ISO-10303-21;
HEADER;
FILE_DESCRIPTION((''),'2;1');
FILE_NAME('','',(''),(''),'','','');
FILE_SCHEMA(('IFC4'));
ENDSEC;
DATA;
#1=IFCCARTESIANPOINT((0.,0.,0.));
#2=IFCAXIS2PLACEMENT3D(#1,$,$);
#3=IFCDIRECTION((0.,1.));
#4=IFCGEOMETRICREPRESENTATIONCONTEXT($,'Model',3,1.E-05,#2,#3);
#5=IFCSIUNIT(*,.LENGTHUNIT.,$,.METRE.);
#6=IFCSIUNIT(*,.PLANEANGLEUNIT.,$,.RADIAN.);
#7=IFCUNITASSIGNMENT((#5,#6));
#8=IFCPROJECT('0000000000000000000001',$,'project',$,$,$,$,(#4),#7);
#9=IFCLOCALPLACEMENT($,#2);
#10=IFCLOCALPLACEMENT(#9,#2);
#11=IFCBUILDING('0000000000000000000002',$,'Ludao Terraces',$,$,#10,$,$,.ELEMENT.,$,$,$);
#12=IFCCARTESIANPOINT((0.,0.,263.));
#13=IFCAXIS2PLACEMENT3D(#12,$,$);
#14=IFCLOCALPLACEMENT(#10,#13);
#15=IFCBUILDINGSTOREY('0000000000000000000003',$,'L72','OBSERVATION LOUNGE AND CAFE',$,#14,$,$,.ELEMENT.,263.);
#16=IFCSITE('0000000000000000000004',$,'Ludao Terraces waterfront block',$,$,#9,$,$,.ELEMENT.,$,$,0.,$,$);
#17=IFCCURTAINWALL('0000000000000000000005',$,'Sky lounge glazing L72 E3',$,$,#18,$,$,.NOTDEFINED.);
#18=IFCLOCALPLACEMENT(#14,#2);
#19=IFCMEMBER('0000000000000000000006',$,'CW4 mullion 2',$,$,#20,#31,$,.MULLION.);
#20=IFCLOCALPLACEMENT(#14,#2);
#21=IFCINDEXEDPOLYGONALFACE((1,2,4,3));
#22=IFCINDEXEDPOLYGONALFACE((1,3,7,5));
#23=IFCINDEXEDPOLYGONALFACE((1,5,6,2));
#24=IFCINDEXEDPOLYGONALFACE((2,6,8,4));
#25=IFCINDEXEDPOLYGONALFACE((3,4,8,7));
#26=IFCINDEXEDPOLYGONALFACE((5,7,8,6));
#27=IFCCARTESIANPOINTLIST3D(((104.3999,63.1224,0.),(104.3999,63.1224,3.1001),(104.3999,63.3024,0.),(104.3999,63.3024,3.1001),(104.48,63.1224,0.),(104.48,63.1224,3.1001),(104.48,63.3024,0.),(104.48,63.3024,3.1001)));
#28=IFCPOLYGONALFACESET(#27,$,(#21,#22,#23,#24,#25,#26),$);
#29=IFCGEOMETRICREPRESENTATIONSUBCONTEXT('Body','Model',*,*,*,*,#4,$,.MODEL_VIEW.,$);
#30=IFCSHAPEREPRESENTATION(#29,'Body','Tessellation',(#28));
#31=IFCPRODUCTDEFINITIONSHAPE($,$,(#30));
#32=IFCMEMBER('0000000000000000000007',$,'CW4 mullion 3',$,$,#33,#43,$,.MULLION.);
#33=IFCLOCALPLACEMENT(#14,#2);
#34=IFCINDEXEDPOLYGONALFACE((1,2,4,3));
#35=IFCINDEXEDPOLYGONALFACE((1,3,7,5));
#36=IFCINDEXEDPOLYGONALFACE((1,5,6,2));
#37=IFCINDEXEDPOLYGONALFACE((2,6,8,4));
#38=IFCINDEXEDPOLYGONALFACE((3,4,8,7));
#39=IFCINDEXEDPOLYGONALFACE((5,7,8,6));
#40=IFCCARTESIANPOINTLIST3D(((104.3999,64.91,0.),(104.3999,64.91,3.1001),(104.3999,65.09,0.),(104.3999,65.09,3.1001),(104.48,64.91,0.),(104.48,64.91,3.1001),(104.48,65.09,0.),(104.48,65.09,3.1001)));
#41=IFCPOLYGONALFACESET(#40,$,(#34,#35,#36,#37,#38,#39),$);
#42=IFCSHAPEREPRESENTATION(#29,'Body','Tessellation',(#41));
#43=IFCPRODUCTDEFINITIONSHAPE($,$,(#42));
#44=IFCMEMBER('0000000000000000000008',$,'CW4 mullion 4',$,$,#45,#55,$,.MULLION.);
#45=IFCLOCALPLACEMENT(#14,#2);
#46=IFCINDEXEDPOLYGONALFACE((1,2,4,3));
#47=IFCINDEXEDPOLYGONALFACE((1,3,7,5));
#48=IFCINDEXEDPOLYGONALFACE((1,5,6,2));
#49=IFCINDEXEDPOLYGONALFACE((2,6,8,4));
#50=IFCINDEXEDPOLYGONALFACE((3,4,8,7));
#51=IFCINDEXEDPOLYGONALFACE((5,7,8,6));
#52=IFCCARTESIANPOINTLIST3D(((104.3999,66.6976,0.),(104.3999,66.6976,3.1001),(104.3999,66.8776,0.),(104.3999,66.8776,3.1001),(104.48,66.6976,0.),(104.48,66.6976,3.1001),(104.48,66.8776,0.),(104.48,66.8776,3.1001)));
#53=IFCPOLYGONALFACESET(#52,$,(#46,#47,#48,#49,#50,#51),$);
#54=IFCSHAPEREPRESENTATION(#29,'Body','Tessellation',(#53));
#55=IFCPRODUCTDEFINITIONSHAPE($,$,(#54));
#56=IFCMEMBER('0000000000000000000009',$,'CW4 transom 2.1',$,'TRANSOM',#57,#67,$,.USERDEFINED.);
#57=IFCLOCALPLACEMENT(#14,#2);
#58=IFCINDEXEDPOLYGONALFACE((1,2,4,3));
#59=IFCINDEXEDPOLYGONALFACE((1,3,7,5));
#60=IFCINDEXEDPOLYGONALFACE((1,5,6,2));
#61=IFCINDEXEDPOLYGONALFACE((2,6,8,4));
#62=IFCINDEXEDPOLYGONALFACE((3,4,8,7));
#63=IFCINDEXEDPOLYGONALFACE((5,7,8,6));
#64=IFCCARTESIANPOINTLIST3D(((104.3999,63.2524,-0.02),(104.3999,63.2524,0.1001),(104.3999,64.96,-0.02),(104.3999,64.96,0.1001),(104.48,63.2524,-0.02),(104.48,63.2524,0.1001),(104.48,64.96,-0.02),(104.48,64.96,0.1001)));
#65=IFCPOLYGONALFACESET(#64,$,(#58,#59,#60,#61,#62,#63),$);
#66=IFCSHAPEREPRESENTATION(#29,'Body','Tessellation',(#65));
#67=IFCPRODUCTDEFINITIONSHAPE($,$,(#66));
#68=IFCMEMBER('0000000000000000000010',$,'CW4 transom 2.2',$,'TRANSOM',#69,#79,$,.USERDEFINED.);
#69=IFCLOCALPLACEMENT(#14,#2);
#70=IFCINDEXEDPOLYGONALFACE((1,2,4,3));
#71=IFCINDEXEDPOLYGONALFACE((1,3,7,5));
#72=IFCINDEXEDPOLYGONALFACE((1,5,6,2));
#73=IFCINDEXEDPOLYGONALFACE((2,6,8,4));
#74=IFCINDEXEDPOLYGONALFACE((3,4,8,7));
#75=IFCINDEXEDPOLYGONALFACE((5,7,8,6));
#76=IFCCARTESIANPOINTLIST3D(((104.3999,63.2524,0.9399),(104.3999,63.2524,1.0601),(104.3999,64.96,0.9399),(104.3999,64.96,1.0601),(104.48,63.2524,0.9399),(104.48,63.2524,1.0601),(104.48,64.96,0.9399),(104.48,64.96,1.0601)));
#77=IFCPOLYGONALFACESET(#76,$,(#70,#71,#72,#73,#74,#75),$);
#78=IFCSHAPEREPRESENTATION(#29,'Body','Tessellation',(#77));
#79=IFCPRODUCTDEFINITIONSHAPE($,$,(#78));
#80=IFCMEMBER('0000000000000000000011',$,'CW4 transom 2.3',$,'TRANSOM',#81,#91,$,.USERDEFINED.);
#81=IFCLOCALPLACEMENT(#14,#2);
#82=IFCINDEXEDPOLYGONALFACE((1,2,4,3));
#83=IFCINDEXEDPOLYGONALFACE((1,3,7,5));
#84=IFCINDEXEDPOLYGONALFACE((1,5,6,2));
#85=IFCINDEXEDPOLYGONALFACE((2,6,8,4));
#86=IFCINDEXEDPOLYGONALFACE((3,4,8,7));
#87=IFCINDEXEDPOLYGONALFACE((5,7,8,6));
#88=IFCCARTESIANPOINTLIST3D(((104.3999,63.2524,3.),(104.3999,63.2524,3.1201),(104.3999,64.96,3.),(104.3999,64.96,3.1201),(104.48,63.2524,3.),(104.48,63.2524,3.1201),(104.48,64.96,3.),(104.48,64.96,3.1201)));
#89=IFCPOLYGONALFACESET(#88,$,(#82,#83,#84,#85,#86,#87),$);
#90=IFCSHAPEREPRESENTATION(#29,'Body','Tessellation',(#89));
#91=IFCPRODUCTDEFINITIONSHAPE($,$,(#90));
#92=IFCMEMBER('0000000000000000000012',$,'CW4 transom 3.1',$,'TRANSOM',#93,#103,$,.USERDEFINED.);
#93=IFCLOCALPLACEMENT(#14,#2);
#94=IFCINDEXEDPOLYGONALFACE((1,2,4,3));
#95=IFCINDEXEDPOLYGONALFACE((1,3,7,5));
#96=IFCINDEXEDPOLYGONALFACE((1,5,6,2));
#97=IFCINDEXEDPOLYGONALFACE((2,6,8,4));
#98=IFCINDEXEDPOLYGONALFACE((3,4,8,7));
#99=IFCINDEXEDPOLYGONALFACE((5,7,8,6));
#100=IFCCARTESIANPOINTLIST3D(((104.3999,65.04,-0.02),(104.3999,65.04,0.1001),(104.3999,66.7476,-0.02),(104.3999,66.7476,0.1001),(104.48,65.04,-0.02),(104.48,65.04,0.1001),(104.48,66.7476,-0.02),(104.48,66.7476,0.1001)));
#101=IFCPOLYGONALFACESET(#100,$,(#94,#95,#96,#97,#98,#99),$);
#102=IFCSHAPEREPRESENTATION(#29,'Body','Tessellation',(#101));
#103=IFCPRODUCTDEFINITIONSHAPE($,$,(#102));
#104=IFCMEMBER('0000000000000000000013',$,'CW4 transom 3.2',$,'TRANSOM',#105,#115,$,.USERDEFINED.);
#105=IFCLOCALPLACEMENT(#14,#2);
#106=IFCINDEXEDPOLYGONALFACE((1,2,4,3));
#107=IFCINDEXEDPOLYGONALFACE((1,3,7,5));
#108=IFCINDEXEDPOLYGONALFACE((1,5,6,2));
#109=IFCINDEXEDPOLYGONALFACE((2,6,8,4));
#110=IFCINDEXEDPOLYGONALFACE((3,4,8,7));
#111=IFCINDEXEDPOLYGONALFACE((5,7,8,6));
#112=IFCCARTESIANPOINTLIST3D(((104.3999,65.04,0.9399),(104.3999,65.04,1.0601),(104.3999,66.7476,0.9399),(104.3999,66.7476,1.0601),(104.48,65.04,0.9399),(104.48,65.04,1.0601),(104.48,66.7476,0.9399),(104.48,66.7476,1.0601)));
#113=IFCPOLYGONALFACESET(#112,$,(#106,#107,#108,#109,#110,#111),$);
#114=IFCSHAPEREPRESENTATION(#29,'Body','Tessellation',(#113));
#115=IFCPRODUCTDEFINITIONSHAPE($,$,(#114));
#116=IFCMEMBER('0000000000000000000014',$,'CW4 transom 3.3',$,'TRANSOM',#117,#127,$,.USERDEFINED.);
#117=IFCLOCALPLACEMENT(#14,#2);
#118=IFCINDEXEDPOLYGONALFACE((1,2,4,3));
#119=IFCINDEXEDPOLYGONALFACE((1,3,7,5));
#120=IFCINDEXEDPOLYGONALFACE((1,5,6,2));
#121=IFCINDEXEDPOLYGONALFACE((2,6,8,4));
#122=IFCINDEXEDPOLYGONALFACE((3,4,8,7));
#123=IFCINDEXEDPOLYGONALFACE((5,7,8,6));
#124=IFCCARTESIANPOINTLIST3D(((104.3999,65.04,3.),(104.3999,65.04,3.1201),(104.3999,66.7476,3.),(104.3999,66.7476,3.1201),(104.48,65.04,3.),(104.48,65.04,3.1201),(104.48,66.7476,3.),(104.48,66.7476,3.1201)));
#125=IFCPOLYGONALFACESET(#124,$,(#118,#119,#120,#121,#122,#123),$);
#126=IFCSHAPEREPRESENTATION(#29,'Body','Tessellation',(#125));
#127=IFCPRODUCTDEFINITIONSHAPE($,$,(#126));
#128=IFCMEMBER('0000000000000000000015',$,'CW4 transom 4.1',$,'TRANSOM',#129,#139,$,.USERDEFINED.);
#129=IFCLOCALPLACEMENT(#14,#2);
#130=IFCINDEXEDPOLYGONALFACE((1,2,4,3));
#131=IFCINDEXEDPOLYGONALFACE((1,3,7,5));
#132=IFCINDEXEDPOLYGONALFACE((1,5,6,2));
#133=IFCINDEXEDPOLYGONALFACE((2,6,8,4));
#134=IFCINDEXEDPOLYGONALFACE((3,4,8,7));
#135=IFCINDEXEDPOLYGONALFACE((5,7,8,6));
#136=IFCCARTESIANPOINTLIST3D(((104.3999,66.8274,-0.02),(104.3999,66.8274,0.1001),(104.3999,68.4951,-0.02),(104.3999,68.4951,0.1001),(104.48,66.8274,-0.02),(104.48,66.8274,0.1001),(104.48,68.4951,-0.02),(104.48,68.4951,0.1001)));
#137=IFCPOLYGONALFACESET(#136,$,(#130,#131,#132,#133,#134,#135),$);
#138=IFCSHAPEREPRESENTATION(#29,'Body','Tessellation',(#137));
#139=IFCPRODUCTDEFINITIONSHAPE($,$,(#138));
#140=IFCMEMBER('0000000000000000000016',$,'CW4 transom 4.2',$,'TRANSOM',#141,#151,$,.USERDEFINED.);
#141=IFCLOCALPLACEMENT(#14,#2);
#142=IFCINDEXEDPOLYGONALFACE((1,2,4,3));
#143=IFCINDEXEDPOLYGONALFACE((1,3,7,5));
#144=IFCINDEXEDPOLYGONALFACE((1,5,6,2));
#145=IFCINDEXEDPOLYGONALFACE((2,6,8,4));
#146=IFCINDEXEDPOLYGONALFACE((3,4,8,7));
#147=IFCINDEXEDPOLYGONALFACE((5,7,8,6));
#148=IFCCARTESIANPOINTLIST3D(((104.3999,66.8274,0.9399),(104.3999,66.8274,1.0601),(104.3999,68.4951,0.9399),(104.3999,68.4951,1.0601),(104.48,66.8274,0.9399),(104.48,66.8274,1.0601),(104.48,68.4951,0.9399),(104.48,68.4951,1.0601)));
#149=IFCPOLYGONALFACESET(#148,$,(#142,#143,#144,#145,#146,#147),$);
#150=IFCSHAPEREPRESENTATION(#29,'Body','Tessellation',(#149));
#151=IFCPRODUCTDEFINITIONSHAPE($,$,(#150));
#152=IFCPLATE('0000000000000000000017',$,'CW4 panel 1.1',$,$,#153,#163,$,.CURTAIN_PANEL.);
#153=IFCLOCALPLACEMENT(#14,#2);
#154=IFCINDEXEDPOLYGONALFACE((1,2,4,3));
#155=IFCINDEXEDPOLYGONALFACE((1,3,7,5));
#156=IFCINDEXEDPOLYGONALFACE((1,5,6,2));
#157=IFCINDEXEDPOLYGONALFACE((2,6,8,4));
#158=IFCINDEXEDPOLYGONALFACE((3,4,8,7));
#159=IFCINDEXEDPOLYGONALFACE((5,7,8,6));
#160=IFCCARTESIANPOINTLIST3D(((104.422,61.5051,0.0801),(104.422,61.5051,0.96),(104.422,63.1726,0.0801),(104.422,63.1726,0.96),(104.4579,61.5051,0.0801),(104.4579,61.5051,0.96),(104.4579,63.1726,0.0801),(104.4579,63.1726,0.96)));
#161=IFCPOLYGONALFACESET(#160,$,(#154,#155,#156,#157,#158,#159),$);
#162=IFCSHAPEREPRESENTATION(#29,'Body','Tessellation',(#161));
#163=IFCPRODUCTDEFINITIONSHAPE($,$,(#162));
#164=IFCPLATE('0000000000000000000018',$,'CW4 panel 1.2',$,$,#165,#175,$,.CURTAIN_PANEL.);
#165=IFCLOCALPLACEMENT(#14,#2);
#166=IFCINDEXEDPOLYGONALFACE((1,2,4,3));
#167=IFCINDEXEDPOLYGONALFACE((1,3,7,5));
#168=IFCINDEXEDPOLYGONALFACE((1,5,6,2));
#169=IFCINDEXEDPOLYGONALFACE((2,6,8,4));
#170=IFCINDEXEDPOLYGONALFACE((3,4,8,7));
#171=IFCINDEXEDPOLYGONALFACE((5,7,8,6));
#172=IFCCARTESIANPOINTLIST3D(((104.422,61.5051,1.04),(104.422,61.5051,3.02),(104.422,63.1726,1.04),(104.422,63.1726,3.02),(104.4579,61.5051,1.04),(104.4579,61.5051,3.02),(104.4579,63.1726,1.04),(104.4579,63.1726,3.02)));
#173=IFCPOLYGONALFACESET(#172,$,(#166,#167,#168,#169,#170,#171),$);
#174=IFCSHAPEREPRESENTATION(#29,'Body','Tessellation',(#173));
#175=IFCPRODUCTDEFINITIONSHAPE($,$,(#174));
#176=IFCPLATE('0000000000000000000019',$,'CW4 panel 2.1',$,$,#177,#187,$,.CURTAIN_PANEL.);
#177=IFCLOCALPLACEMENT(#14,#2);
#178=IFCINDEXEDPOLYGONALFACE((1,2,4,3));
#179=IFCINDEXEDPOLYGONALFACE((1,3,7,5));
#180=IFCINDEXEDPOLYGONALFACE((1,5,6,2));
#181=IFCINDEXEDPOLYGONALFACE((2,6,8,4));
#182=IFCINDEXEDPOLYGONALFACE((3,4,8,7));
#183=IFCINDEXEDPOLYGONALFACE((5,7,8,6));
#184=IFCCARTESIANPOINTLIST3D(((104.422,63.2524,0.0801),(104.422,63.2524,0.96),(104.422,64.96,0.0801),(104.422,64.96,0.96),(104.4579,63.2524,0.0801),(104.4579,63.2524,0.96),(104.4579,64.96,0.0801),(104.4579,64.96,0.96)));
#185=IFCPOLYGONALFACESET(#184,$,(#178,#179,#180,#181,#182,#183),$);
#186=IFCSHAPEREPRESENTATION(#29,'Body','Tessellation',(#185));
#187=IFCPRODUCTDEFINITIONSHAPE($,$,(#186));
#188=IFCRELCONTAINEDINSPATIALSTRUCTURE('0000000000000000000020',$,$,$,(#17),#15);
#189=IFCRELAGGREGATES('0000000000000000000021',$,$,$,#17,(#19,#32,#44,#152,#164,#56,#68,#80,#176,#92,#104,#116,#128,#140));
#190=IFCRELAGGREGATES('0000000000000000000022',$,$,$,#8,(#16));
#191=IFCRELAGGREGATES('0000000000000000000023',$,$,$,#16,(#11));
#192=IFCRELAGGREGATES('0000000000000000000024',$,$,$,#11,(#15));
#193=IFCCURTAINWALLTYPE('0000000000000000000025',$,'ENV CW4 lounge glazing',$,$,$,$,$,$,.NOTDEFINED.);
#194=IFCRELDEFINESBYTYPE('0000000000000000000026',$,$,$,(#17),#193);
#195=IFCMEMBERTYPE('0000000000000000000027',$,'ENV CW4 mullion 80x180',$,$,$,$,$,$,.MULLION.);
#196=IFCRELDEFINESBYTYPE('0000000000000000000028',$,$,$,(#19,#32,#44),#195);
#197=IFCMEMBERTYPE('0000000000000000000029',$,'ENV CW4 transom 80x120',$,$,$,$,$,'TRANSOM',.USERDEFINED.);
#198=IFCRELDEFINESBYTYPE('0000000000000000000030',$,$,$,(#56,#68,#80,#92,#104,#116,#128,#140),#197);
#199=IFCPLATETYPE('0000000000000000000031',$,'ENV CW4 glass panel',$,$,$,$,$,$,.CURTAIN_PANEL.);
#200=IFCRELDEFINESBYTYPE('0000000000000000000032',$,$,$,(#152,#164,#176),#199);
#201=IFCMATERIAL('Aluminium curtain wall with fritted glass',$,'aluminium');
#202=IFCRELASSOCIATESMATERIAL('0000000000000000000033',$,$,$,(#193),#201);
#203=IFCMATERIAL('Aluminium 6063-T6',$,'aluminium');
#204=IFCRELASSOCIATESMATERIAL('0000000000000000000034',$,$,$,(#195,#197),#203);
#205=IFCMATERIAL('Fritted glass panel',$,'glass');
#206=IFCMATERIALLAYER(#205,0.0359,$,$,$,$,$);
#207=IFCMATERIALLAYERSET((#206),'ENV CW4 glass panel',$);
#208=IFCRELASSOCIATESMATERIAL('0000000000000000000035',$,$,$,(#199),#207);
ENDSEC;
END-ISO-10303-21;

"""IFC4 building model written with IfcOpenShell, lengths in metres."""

from ifc_helpers import new_model, si_unit, direction, frame, origin, origin_2d, place, context, subcontext, project, spatial, rectangle, extrude, material, layer, layer_set, material_profile, profile_set, type_object, element, aggregate, save


model = new_model("IFC4")

# Units and contexts
model_context = context("Model", 3, precision=1e-05, world=origin(), true_north=direction((0.0, 1.0)))
body_context = subcontext(model_context, "Body", "Model", "MODEL_VIEW")
ifc_project = project(units=[si_unit("LENGTHUNIT", "METRE"), si_unit("PLANEANGLEUNIT", "RADIAN")], contexts=[model_context])

# Site, building, storey
site_placement = place(None, origin())
site = spatial("IfcSite", under=ifc_project, at=site_placement, Name="Ludao Terraces waterfront block", CompositionType="ELEMENT", RefElevation=0.0)
building_placement = place(site_placement, origin())
building = spatial("IfcBuilding", under=site, at=building_placement, Name="Ludao Terraces", CompositionType="ELEMENT")
storey_placement = place(building_placement, frame((0.0, 0.0, 263.0)))
storey = spatial("IfcBuildingStorey", under=building, at=storey_placement, Name="L72", Description="OBSERVATION LOUNGE AND CAFE", CompositionType="ELEMENT", Elevation=263.0)

# Curtain wall, members, plates
ifc_material_1 = material(Name="Aluminium curtain wall with fritted glass", Category="aluminium")
curtain_wall_type = type_object("IfcCurtainWallType", Name="ENV CW4 lounge glazing", PredefinedType="NOTDEFINED", material=ifc_material_1)
curtain_wall_placement = place(storey_placement, origin())
curtain_wall = element("IfcCurtainWall", 1, at=curtain_wall_placement, inside=storey, type_object=curtain_wall_type, Name="Sky lounge glazing L72 E3", PredefinedType="NOTDEFINED")
ifc_material_2 = material(Name="Aluminium 6063-T6", Category="aluminium")
ifc_material_profile_1 = material_profile(ifc_material_2, rectangle(XDim=0.0801, YDim=0.1799, at=origin_2d()), Name="80 X 180")
ifc_profile_set_1 = profile_set([ifc_material_profile_1], Name="Aluminium 6063-T6")
member_type_1 = type_object("IfcMemberType", Name="ENV CW4 mullion 80x180", PredefinedType="MULLION", material=ifc_profile_set_1)
member_1_placement = place(storey_placement, frame((104.4399, 63.2124, 0.0), z_axis=(0.0, 0.0, 1.0), x_axis=(-1.0, 0.0, 0.0)))
member_1 = element("IfcMember", 2, at=member_1_placement, type_object=member_type_1, Name="CW4 mullion 2", PredefinedType="MULLION", context=body_context, shape_type="SweptSolid", body=[
    extrude(rectangle(XDim=0.0801, YDim=0.1799, at=origin_2d()), origin(), (0.0, 0.0, 1.0), 3.1001),
])
member_2_placement = place(storey_placement, frame((104.4399, 65.0, 0.0), z_axis=(0.0, 0.0, 1.0), x_axis=(-1.0, 0.0, 0.0)))
member_2 = element("IfcMember", 3, at=member_2_placement, type_object=member_type_1, Name="CW4 mullion 3", PredefinedType="MULLION", context=body_context, shape_type="SweptSolid", body=[
    extrude(rectangle(XDim=0.0801, YDim=0.1799, at=origin_2d()), origin(), (0.0, 0.0, 1.0), 3.1001),
])
member_3_placement = place(storey_placement, frame((104.4399, 66.7876, 0.0), z_axis=(0.0, 0.0, 1.0), x_axis=(-1.0, 0.0, 0.0)))
member_3 = element("IfcMember", 4, at=member_3_placement, type_object=member_type_1, Name="CW4 mullion 4", PredefinedType="MULLION", context=body_context, shape_type="SweptSolid", body=[
    extrude(rectangle(XDim=0.0801, YDim=0.1799, at=origin_2d()), origin(), (0.0, 0.0, 1.0), 3.1001),
])
ifc_material_profile_2 = material_profile(ifc_material_2, rectangle(XDim=0.0801, YDim=0.1201, at=origin_2d()), Name="80 X 120")
ifc_profile_set_2 = profile_set([ifc_material_profile_2], Name="Aluminium 6063-T6")
member_type_2 = type_object("IfcMemberType", Name="ENV CW4 transom 80x120", ElementType="TRANSOM", PredefinedType="USERDEFINED", material=ifc_profile_set_2)
member_4_placement = place(storey_placement, frame((104.4399, 63.2524, 0.04), z_axis=(0.0, 1.0, 0.0), x_axis=(-1.0, 0.0, 0.0)))
member_4 = element("IfcMember", 5, at=member_4_placement, type_object=member_type_2, Name="CW4 transom 2.1", ObjectType="TRANSOM", PredefinedType="USERDEFINED", context=body_context, shape_type="SweptSolid", body=[
    extrude(rectangle(XDim=0.0801, YDim=0.1201, at=origin_2d()), origin(), (0.0, 0.0, 1.0), 1.7075),
])
member_5_placement = place(storey_placement, frame((104.4399, 63.2524, 1.0), z_axis=(0.0, 1.0, 0.0), x_axis=(-1.0, 0.0, 0.0)))
member_5 = element("IfcMember", 6, at=member_5_placement, type_object=member_type_2, Name="CW4 transom 2.2", ObjectType="TRANSOM", PredefinedType="USERDEFINED", context=body_context, shape_type="SweptSolid", body=[
    extrude(rectangle(XDim=0.0801, YDim=0.1201, at=origin_2d()), origin(), (0.0, 0.0, 1.0), 1.7075),
])
member_6_placement = place(storey_placement, frame((104.4399, 63.2524, 3.0601), z_axis=(0.0, 1.0, 0.0), x_axis=(-1.0, 0.0, 0.0)))
member_6 = element("IfcMember", 7, at=member_6_placement, type_object=member_type_2, Name="CW4 transom 2.3", ObjectType="TRANSOM", PredefinedType="USERDEFINED", context=body_context, shape_type="SweptSolid", body=[
    extrude(rectangle(XDim=0.0801, YDim=0.1201, at=origin_2d()), origin(), (0.0, 0.0, 1.0), 1.7075),
])
member_7_placement = place(storey_placement, frame((104.4399, 65.04, 0.04), z_axis=(0.0, 1.0, 0.0), x_axis=(-1.0, 0.0, 0.0)))
member_7 = element("IfcMember", 8, at=member_7_placement, type_object=member_type_2, Name="CW4 transom 3.1", ObjectType="TRANSOM", PredefinedType="USERDEFINED", context=body_context, shape_type="SweptSolid", body=[
    extrude(rectangle(XDim=0.0801, YDim=0.1201, at=origin_2d()), origin(), (0.0, 0.0, 1.0), 1.7075),
])
member_8_placement = place(storey_placement, frame((104.4399, 65.04, 1.0), z_axis=(0.0, 1.0, 0.0), x_axis=(-1.0, 0.0, 0.0)))
member_8 = element("IfcMember", 9, at=member_8_placement, type_object=member_type_2, Name="CW4 transom 3.2", ObjectType="TRANSOM", PredefinedType="USERDEFINED", context=body_context, shape_type="SweptSolid", body=[
    extrude(rectangle(XDim=0.0801, YDim=0.1201, at=origin_2d()), origin(), (0.0, 0.0, 1.0), 1.7075),
])
member_9_placement = place(storey_placement, frame((104.4399, 65.04, 3.0601), z_axis=(0.0, 1.0, 0.0), x_axis=(-1.0, 0.0, 0.0)))
member_9 = element("IfcMember", 10, at=member_9_placement, type_object=member_type_2, Name="CW4 transom 3.3", ObjectType="TRANSOM", PredefinedType="USERDEFINED", context=body_context, shape_type="SweptSolid", body=[
    extrude(rectangle(XDim=0.0801, YDim=0.1201, at=origin_2d()), origin(), (0.0, 0.0, 1.0), 1.7075),
])
member_10_placement = place(storey_placement, frame((104.4399, 66.8274, 0.04), z_axis=(0.0, 1.0, 0.0), x_axis=(-1.0, 0.0, 0.0)))
member_10 = element("IfcMember", 11, at=member_10_placement, type_object=member_type_2, Name="CW4 transom 4.1", ObjectType="TRANSOM", PredefinedType="USERDEFINED", context=body_context, shape_type="SweptSolid", body=[
    extrude(rectangle(XDim=0.0801, YDim=0.1201, at=origin_2d()), origin(), (0.0, 0.0, 1.0), 1.6677),
])
member_11_placement = place(storey_placement, frame((104.4399, 66.8274, 1.0), z_axis=(0.0, 1.0, 0.0), x_axis=(-1.0, 0.0, 0.0)))
member_11 = element("IfcMember", 12, at=member_11_placement, type_object=member_type_2, Name="CW4 transom 4.2", ObjectType="TRANSOM", PredefinedType="USERDEFINED", context=body_context, shape_type="SweptSolid", body=[
    extrude(rectangle(XDim=0.0801, YDim=0.1201, at=origin_2d()), origin(), (0.0, 0.0, 1.0), 1.6677),
])
ifc_material_3 = material(Name="Fritted glass panel", Category="glass")
ifc_layer = layer(ifc_material_3, 0.0359)
ifc_layer_set = layer_set([ifc_layer], Name="ENV CW4 glass panel")
plate_type = type_object("IfcPlateType", Name="ENV CW4 glass panel", PredefinedType="CURTAIN_PANEL", material=ifc_layer_set)
plate_1_placement = place(storey_placement, frame((104.4399, 62.3389, 0.0801), z_axis=(0.0, 0.0, 1.0), x_axis=(0.0, 1.0, 0.0)))
plate_1 = element("IfcPlate", 13, at=plate_1_placement, type_object=plate_type, Name="CW4 panel 1.1", PredefinedType="CURTAIN_PANEL", context=body_context, shape_type="SweptSolid", body=[
    extrude(rectangle(XDim=1.6675, YDim=0.0359, at=origin_2d()), origin(), (0.0, 0.0, 1.0), 0.8799),
])
plate_2_placement = place(storey_placement, frame((104.4399, 62.3389, 1.04), z_axis=(0.0, 0.0, 1.0), x_axis=(0.0, 1.0, 0.0)))
plate_2 = element("IfcPlate", 14, at=plate_2_placement, type_object=plate_type, Name="CW4 panel 1.2", PredefinedType="CURTAIN_PANEL", context=body_context, shape_type="SweptSolid", body=[
    extrude(rectangle(XDim=1.6675, YDim=0.0359, at=origin_2d()), origin(), (0.0, 0.0, 1.0), 1.98),
])
plate_3_placement = place(storey_placement, frame((104.4399, 64.1062, 0.0801), z_axis=(0.0, 0.0, 1.0), x_axis=(0.0, 1.0, 0.0)))
plate_3 = element("IfcPlate", 15, at=plate_3_placement, type_object=plate_type, Name="CW4 panel 2.1", PredefinedType="CURTAIN_PANEL", context=body_context, shape_type="SweptSolid", body=[
    extrude(rectangle(XDim=1.7075, YDim=0.0359, at=origin_2d()), origin(), (0.0, 0.0, 1.0), 0.8799),
])
aggregate(curtain_wall, [member_1, member_2, member_3, plate_1, plate_2, member_4, member_5, member_6, plate_3, member_7, member_8, member_9, member_10, member_11])

save(model, "model.ifc")
